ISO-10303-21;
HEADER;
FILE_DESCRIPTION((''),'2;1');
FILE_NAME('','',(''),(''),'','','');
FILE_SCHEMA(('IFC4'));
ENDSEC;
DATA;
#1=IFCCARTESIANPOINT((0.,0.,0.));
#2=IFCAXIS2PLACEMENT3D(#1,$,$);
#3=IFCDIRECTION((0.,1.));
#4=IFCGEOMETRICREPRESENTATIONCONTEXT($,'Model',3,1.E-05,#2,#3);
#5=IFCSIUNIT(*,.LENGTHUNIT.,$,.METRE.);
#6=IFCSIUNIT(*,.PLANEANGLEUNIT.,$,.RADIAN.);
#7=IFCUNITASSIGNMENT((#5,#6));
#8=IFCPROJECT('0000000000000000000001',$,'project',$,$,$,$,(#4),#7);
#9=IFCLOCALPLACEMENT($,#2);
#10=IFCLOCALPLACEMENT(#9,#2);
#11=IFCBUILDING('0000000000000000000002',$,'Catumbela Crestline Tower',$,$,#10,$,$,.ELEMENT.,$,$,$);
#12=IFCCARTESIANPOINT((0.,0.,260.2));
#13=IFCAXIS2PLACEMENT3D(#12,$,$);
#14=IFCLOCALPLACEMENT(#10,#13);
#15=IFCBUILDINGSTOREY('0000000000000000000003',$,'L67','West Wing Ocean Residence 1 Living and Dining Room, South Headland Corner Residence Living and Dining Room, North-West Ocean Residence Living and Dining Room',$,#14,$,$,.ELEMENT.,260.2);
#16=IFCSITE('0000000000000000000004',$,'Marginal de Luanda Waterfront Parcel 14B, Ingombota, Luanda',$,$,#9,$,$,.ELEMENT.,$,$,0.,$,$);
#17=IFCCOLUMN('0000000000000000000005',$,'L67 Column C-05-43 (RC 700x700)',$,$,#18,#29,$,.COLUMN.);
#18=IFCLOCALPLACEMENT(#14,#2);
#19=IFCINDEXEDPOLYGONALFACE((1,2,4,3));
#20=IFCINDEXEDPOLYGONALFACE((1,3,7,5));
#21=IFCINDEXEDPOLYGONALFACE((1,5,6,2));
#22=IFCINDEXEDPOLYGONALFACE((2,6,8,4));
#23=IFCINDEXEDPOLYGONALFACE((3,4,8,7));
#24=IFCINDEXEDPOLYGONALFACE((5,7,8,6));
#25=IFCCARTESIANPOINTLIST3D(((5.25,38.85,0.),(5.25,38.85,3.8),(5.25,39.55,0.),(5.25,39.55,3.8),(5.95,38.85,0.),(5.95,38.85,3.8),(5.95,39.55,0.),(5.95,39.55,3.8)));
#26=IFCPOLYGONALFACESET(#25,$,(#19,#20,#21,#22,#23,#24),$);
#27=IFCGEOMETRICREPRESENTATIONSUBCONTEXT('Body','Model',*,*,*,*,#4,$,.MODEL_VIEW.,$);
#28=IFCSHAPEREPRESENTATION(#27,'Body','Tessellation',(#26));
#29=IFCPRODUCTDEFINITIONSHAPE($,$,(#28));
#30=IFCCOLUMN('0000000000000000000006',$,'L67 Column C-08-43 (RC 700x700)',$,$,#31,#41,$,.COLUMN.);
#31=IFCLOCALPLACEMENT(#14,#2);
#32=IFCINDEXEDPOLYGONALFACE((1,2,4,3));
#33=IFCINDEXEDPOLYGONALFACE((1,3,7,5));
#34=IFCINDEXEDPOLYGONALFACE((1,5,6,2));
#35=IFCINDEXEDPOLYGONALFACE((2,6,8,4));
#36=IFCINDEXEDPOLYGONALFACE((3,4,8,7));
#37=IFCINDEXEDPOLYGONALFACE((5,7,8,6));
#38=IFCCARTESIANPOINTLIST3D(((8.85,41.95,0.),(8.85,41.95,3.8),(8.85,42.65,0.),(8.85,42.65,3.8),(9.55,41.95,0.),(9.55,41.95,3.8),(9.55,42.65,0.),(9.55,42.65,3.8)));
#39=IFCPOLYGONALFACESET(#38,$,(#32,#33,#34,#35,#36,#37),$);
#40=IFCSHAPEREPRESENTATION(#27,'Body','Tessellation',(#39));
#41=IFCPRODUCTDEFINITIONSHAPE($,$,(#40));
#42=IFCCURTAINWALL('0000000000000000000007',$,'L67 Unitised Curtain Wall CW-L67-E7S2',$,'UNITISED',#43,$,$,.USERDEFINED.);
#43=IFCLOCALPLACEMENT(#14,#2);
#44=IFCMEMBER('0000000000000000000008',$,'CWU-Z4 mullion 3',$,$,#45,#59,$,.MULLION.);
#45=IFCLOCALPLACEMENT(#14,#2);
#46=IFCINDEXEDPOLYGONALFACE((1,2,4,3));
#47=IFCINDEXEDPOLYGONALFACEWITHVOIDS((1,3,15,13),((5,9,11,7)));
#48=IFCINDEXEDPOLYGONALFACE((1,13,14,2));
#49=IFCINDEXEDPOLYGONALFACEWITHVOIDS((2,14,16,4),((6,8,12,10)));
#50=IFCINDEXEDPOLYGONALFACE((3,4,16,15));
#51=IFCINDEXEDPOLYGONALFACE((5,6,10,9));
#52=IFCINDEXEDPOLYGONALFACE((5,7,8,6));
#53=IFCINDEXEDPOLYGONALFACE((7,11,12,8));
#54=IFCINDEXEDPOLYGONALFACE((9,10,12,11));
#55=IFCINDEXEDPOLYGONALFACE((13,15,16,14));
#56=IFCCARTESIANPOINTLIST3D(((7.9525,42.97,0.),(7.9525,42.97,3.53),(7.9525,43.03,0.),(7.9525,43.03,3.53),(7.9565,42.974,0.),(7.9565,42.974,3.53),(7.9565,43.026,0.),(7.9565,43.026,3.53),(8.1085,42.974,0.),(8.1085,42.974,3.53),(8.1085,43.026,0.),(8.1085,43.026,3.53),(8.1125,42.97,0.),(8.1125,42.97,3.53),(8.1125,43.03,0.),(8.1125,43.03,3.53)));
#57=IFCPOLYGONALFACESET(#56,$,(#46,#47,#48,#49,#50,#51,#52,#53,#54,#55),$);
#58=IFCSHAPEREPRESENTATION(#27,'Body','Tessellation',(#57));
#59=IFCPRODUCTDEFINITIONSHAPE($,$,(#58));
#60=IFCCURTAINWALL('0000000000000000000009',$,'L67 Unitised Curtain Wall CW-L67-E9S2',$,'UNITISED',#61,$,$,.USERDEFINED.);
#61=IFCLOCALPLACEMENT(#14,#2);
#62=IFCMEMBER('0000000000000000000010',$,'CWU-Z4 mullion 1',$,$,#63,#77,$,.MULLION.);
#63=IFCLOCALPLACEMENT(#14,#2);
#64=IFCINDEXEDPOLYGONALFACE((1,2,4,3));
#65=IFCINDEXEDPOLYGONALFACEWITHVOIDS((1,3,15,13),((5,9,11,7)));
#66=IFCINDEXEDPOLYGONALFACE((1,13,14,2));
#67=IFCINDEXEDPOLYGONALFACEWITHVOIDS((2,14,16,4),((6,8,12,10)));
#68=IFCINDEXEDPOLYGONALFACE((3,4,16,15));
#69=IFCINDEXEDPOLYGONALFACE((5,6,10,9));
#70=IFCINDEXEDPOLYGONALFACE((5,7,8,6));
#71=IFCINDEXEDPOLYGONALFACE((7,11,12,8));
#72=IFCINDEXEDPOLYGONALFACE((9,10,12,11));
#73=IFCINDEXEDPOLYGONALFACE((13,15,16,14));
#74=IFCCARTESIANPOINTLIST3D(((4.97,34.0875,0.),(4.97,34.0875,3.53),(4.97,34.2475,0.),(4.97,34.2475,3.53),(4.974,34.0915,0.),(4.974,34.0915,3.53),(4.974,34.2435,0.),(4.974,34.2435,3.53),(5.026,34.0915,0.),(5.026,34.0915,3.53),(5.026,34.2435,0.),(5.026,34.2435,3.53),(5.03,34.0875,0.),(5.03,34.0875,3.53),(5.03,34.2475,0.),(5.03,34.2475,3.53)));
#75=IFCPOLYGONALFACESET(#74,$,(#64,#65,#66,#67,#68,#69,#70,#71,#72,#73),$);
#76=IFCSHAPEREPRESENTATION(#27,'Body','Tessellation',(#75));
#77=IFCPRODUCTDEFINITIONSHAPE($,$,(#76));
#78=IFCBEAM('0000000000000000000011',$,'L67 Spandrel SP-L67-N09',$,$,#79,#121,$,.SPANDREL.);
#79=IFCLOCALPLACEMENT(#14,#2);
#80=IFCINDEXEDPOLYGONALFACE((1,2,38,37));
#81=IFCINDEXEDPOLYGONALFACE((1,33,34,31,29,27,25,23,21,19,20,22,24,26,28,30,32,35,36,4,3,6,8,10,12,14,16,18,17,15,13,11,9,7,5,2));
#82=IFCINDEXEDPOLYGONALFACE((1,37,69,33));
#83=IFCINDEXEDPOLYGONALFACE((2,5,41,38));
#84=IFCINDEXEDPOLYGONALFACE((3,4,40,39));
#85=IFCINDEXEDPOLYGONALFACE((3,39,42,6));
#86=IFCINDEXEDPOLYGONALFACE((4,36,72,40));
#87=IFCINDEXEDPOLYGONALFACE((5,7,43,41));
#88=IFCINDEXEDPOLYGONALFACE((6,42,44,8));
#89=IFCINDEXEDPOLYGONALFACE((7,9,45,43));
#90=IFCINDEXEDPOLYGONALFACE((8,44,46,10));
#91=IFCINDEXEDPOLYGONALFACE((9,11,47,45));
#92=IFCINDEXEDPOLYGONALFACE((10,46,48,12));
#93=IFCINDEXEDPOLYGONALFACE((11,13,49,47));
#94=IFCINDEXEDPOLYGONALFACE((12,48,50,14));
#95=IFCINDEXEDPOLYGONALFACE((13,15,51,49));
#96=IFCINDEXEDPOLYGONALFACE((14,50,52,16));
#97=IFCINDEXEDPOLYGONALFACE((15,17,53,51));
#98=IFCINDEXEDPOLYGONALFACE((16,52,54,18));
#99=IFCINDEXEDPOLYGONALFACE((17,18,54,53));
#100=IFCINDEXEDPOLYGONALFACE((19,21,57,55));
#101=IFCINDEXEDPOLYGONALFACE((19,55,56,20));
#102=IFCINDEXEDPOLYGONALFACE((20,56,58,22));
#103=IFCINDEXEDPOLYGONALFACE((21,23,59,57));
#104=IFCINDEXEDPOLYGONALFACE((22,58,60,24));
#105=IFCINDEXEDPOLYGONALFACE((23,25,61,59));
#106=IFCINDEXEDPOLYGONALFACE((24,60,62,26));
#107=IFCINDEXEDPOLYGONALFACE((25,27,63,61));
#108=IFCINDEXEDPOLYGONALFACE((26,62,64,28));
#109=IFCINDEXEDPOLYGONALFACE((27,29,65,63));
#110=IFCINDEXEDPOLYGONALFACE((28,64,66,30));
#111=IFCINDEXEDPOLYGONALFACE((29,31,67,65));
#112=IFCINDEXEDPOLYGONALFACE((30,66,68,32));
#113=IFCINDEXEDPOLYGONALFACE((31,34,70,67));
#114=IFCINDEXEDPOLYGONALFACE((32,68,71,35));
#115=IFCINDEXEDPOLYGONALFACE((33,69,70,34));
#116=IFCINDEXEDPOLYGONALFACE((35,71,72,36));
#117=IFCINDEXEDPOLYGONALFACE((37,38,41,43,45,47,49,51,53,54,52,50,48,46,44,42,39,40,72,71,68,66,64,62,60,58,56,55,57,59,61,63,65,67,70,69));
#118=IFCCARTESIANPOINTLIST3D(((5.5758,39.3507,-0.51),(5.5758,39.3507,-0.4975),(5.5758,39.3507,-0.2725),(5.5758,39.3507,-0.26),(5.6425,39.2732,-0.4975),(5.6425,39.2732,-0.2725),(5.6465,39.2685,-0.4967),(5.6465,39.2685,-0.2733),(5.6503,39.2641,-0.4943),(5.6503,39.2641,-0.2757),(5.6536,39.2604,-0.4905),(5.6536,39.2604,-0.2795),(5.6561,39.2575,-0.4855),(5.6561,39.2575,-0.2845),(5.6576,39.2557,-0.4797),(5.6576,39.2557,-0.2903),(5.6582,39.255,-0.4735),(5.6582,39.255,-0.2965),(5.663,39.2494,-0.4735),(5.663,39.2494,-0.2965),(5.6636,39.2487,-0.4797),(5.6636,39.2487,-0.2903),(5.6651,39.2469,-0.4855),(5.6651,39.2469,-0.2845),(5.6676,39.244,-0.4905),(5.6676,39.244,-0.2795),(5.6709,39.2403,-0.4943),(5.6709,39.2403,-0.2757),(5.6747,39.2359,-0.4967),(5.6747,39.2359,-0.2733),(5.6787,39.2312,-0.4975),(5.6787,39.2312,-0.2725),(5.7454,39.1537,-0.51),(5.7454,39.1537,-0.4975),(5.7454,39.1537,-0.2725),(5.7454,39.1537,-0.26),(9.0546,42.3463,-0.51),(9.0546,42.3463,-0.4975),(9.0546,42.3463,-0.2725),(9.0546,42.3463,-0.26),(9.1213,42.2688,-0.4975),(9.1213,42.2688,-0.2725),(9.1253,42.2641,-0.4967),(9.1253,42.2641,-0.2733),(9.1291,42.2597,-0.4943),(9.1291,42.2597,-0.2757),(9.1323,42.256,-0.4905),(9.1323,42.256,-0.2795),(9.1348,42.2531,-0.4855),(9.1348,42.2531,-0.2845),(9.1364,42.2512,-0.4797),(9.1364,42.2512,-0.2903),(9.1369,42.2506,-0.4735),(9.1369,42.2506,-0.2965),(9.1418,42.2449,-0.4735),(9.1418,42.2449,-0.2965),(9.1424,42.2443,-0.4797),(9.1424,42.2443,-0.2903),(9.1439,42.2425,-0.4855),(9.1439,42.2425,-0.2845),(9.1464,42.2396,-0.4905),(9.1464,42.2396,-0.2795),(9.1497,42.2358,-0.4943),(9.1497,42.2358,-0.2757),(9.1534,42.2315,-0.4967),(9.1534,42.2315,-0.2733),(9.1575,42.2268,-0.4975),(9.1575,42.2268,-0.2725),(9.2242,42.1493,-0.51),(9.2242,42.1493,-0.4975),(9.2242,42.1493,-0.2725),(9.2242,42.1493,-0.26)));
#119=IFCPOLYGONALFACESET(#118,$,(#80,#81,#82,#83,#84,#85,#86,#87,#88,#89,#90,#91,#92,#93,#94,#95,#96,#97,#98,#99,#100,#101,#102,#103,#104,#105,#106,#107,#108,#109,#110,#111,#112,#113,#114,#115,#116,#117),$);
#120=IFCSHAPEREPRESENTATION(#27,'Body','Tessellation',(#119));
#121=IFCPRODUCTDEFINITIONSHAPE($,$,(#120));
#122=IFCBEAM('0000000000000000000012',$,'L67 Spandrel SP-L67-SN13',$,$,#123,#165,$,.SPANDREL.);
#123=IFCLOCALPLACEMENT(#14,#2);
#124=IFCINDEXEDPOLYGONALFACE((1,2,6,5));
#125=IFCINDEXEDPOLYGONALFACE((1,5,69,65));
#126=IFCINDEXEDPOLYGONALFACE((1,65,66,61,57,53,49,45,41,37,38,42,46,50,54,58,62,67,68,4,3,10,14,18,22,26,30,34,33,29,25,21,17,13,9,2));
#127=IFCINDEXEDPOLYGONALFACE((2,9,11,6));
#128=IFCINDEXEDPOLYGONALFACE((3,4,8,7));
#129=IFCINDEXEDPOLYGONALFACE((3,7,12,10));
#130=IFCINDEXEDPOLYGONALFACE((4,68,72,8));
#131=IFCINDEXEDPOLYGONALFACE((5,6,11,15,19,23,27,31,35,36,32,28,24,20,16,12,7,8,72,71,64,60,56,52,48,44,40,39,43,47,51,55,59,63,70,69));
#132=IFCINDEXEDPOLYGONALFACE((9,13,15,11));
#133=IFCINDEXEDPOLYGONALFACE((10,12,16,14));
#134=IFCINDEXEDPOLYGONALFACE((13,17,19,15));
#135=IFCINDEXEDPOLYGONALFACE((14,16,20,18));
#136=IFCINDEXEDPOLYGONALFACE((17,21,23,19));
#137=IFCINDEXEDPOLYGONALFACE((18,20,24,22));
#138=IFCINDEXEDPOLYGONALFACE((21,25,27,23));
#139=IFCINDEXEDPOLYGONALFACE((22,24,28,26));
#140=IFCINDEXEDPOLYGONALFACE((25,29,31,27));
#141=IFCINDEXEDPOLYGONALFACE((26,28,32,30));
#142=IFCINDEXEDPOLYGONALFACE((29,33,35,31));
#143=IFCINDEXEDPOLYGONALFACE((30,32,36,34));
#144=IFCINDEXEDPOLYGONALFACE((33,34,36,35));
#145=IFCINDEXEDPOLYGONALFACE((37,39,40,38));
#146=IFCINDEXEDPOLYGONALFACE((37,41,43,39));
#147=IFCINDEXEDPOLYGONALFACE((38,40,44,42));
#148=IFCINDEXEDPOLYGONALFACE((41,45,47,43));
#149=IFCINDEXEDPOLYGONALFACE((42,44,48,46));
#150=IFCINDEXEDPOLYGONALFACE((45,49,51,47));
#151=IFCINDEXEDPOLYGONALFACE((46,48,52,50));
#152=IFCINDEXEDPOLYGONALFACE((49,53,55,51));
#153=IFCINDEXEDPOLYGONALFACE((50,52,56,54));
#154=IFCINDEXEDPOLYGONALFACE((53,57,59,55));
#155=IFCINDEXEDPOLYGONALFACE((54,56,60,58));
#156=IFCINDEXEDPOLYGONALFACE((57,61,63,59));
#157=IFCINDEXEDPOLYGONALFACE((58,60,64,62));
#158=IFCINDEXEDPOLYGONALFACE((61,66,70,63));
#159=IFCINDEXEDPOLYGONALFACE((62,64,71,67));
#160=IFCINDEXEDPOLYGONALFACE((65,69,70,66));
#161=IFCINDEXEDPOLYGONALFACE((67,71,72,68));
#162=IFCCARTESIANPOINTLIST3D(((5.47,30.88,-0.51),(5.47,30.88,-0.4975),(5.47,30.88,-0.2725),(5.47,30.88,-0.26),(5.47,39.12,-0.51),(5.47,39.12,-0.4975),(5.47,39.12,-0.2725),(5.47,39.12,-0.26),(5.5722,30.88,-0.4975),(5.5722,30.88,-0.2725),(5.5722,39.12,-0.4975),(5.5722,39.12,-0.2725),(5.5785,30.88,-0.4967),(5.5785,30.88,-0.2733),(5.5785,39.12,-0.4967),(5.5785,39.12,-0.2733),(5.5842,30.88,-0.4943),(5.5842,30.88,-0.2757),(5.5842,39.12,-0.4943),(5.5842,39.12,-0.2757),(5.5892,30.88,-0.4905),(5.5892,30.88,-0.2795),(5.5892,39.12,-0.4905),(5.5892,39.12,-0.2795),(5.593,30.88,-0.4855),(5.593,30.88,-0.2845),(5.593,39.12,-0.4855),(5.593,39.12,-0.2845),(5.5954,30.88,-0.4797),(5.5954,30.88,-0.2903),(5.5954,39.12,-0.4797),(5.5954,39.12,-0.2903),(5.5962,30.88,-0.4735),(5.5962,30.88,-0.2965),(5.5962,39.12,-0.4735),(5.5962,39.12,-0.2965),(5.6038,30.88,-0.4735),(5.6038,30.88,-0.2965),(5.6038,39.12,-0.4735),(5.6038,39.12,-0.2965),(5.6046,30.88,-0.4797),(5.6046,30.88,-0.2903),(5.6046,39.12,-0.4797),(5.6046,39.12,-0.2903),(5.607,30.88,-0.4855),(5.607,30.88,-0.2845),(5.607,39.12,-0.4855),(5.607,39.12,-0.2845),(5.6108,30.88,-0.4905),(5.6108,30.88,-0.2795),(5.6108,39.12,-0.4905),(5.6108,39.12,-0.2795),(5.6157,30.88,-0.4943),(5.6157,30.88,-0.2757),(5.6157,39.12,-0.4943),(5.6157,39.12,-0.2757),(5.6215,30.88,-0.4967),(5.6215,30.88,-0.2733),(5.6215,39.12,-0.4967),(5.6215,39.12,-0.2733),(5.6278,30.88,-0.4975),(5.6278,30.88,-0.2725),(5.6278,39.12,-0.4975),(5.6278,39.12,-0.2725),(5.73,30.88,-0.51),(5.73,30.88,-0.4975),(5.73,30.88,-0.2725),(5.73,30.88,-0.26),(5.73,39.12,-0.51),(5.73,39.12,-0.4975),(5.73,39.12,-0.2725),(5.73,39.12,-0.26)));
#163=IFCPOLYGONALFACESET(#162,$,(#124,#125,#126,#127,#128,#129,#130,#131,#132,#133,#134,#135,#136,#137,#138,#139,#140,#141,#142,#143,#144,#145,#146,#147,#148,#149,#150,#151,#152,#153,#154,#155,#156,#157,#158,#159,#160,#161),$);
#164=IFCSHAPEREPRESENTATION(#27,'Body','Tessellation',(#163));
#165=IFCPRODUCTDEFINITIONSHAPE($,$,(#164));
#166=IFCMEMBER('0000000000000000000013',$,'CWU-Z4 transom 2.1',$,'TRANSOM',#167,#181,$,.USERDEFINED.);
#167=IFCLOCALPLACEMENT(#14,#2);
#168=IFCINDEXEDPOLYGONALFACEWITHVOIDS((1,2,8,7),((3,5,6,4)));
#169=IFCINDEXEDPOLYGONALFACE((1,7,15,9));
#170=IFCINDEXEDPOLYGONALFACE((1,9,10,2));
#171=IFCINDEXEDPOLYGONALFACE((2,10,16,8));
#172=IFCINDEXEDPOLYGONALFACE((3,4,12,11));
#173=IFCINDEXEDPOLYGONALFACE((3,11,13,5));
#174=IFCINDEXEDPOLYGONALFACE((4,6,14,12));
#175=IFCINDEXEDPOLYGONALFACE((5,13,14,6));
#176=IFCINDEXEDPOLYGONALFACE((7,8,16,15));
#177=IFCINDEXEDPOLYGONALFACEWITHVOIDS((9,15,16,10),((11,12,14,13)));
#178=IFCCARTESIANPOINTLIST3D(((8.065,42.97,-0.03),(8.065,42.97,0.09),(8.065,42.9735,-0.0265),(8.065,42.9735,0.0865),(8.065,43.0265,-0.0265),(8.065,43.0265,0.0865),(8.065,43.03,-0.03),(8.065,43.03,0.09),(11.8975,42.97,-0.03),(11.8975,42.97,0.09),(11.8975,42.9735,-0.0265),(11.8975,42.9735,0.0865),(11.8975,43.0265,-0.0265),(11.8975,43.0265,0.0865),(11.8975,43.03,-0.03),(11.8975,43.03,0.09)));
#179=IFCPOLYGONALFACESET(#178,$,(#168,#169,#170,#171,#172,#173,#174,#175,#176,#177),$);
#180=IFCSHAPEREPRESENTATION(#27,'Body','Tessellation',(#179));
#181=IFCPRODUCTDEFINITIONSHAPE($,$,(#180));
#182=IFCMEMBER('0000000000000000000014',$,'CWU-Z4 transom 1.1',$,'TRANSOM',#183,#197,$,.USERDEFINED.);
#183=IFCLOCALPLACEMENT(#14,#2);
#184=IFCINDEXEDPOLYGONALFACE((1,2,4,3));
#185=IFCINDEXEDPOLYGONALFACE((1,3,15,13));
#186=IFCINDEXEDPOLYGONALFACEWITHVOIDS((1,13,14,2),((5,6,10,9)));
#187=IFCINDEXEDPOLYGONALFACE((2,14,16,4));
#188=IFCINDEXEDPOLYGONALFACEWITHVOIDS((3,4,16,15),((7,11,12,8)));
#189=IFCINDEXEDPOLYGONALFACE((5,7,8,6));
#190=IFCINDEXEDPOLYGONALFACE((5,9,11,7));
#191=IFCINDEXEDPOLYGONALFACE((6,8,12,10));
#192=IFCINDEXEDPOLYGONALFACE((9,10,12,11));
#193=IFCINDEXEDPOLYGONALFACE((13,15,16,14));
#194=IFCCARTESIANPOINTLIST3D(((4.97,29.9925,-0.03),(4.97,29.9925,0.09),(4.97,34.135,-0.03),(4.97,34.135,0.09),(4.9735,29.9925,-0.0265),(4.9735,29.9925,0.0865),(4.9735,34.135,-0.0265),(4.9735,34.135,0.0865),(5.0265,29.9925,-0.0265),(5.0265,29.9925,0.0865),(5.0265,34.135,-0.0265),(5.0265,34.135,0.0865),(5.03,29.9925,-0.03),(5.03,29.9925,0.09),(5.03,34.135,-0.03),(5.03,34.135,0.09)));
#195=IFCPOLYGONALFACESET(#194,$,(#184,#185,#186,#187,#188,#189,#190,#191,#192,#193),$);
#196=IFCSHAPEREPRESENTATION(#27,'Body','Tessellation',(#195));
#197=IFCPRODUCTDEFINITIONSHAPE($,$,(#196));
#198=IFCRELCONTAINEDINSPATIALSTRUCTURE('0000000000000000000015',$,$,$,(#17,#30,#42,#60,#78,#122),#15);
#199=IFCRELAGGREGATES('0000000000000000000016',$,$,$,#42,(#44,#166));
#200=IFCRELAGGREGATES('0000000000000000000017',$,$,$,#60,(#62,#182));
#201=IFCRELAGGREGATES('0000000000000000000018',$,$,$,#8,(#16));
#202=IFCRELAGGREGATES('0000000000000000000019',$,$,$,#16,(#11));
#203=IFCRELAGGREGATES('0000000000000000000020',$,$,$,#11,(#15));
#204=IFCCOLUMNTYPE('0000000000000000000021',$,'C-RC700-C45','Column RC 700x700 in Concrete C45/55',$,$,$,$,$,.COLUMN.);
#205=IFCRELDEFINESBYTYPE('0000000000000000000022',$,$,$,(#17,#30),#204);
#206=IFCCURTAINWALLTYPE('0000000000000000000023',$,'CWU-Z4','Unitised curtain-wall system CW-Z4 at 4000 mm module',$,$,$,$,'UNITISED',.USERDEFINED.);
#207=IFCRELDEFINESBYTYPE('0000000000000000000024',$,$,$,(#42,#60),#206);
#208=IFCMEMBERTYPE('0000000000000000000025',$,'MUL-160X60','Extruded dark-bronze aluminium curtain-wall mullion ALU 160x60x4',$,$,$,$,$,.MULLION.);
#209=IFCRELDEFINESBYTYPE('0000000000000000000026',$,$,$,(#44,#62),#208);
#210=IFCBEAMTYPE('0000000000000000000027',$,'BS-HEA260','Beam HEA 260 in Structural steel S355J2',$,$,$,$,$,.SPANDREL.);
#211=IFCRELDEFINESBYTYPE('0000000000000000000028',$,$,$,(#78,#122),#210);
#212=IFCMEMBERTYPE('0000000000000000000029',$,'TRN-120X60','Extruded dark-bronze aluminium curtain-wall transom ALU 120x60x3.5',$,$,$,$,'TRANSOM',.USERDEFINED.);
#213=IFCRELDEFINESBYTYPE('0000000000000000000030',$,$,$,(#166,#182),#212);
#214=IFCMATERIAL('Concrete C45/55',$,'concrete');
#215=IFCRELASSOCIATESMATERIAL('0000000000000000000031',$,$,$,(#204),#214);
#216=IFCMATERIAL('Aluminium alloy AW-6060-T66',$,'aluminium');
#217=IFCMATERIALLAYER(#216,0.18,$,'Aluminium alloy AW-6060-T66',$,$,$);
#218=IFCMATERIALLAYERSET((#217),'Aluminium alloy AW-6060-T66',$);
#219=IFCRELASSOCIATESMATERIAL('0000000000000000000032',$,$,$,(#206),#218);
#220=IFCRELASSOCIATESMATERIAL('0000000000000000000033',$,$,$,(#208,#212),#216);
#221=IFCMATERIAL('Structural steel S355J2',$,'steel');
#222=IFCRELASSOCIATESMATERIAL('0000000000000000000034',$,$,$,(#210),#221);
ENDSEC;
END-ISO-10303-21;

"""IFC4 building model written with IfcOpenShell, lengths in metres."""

from ifc_helpers import new_model, si_unit, direction, frame, origin, origin_2d, place, context, subcontext, project, spatial, rectangle, hollow_rectangle, i_section, extrude, material, layer, layer_set, material_profile, profile_set, type_object, element, aggregate, save


model = new_model("IFC4")

# Units and contexts
model_context = context("Model", 3, precision=1e-05, world=origin(), true_north=direction((0.0, 1.0)))
body_context = subcontext(model_context, "Body", "Model", "MODEL_VIEW")
ifc_project = project(units=[si_unit("LENGTHUNIT", "METRE"), si_unit("PLANEANGLEUNIT", "RADIAN")], contexts=[model_context])

# Site, building, storey
site_placement = place(None, origin())
site = spatial("IfcSite", under=ifc_project, at=site_placement, Name="Marginal de Luanda Waterfront Parcel 14B, Ingombota, Luanda", CompositionType="ELEMENT", RefElevation=0.0)
building_placement = place(site_placement, origin())
building = spatial("IfcBuilding", under=site, at=building_placement, Name="Catumbela Crestline Tower", CompositionType="ELEMENT")
storey_placement = place(building_placement, frame((0.0, 0.0, 260.2)))
storey = spatial("IfcBuildingStorey", under=building, at=storey_placement, Name="L67", Description="West Wing Ocean Residence 1 Living and Dining Room, South Headland Corner Residence Living and Dining Room, North-West Ocean Residence Living and Dining Room", CompositionType="ELEMENT", Elevation=260.2)

# Columns
ifc_material_1 = material(Name="Concrete C45/55", Category="concrete")
ifc_material_profile_1 = material_profile(ifc_material_1, rectangle(XDim=0.7, YDim=0.7, at=origin_2d()), Name="RC 700x700")
ifc_profile_set_1 = profile_set([ifc_material_profile_1], Name="Concrete C45/55")
column_type = type_object("IfcColumnType", Name="C-RC700-C45", Description="Column RC 700x700 in Concrete C45/55", PredefinedType="COLUMN", material=ifc_profile_set_1)
for number, where, z_axis, x_axis, name in (
    (1, (5.6, 39.2, 0.0), (0.0, 0.0, 1.0), (1.0, 0.0, 0.0), "L67 Column C-05-43 (RC 700x700)"),
    (2, (9.2, 42.3, 0.0), (0.0, 0.0, 1.0), (1.0, 0.0, 0.0), "L67 Column C-08-43 (RC 700x700)"),
):
    element("IfcColumn", number, at=place(storey_placement, frame(where, z_axis=z_axis, x_axis=x_axis)), inside=storey, type_object=column_type, Name=name, PredefinedType="COLUMN", context=body_context, shape_type="SweptSolid", body=[
        extrude(rectangle(XDim=0.7, YDim=0.7, at=origin_2d()), origin(), (0.0, 0.0, 1.0), 3.8),
    ])

# Curtain walls, members
ifc_material_2 = material(Name="Aluminium alloy AW-6060-T66", Category="aluminium")
ifc_layer_1 = layer(ifc_material_2, 0.18, Name="Aluminium alloy AW-6060-T66")
ifc_layer_set_1 = layer_set([ifc_layer_1], Name="Aluminium alloy AW-6060-T66")
curtain_wall_type = type_object("IfcCurtainWallType", Name="CWU-Z4", Description="Unitised curtain-wall system CW-Z4 at 4000 mm module", ElementType="UNITISED", PredefinedType="USERDEFINED", material=ifc_layer_set_1)
curtain_wall_1_placement = place(storey_placement, origin())
curtain_wall_1 = element("IfcCurtainWall", 3, at=curtain_wall_1_placement, inside=storey, type_object=curtain_wall_type, Name="L67 Unitised Curtain Wall CW-L67-E7S2", ObjectType="UNITISED", PredefinedType="USERDEFINED")
ifc_material_profile_2 = material_profile(ifc_material_2, hollow_rectangle(XDim=0.06, YDim=0.16, WallThickness=0.004, at=origin_2d()), Name="ALU 160x60x4")
ifc_profile_set_2 = profile_set([ifc_material_profile_2], Name="Aluminium alloy AW-6060-T66")
member_type_1 = type_object("IfcMemberType", Name="MUL-160X60", Description="Extruded dark-bronze aluminium curtain-wall mullion ALU 160x60x4", PredefinedType="MULLION", material=ifc_profile_set_2)
member_1_placement = place(storey_placement, frame((8.0325, 43.0, 0.0), z_axis=(0.0, 0.0, 1.0), x_axis=(0.0, -1.0, 0.0)))
member_1 = element("IfcMember", 4, at=member_1_placement, type_object=member_type_1, Name="CWU-Z4 mullion 3", PredefinedType="MULLION", context=body_context, shape_type="SweptSolid", body=[
    extrude(hollow_rectangle(XDim=0.06, YDim=0.16, WallThickness=0.004, at=origin_2d()), origin(), (0.0, 0.0, 1.0), 3.53),
])
curtain_wall_2_placement = place(storey_placement, origin())
curtain_wall_2 = element("IfcCurtainWall", 5, at=curtain_wall_2_placement, inside=storey, type_object=curtain_wall_type, Name="L67 Unitised Curtain Wall CW-L67-E9S2", ObjectType="UNITISED", PredefinedType="USERDEFINED")
member_2_placement = place(storey_placement, frame((5.0, 34.1675, 0.0), z_axis=(0.0, 0.0, 1.0), x_axis=(1.0, 0.0, 0.0)))
member_2 = element("IfcMember", 6, at=member_2_placement, type_object=member_type_1, Name="CWU-Z4 mullion 1", PredefinedType="MULLION", context=body_context, shape_type="SweptSolid", body=[
    extrude(hollow_rectangle(XDim=0.06, YDim=0.16, WallThickness=0.004, at=origin_2d()), origin(), (0.0, 0.0, 1.0), 3.53),
])

# Beams
ifc_material_3 = material(Name="Structural steel S355J2", Category="steel")
ifc_material_profile_3 = material_profile(ifc_material_3, i_section(OverallWidth=0.26, OverallDepth=0.25, WebThickness=0.0075, FlangeThickness=0.0125, FilletRadius=0.024, at=origin_2d()), Name="HEA 260")
ifc_profile_set_3 = profile_set([ifc_material_profile_3], Name="Structural steel S355J2")
beam_type = type_object("IfcBeamType", Name="BS-HEA260", Description="Beam HEA 260 in Structural steel S355J2", PredefinedType="SPANDREL", material=ifc_profile_set_3)
beam_1_placement = place(storey_placement, frame((5.6606, 39.2522, -0.385), z_axis=(0.757772, 0.652519, 0.0), x_axis=(-0.652519, 0.757772, 0.0)))
element("IfcBeam", 7, at=beam_1_placement, inside=storey, type_object=beam_type, Name="L67 Spandrel SP-L67-N09", PredefinedType="SPANDREL", context=body_context, shape_type="SweptSolid", body=[
    extrude(i_section(OverallWidth=0.26, OverallDepth=0.25, WebThickness=0.0075, FlangeThickness=0.0125, FilletRadius=0.024, at=origin_2d()), origin(), (0.0, 0.0, 1.0), 4.5908),
])
beam_2_placement = place(storey_placement, frame((5.6, 30.88, -0.385), z_axis=(0.0, 1.0, 0.0), x_axis=(-1.0, 0.0, 0.0)))
element("IfcBeam", 8, at=beam_2_placement, inside=storey, type_object=beam_type, Name="L67 Spandrel SP-L67-SN13", PredefinedType="SPANDREL", context=body_context, shape_type="SweptSolid", body=[
    extrude(i_section(OverallWidth=0.26, OverallDepth=0.25, WebThickness=0.0075, FlangeThickness=0.0125, FilletRadius=0.024, at=origin_2d()), origin(), (0.0, 0.0, 1.0), 8.24),
])

# Members
ifc_material_profile_4 = material_profile(ifc_material_2, hollow_rectangle(XDim=0.06, YDim=0.12, WallThickness=0.0035, at=origin_2d()), Name="ALU 120x60x3.5")
ifc_profile_set_4 = profile_set([ifc_material_profile_4], Name="Aluminium alloy AW-6060-T66")
member_type_2 = type_object("IfcMemberType", Name="TRN-120X60", Description="Extruded dark-bronze aluminium curtain-wall transom ALU 120x60x3.5", ElementType="TRANSOM", PredefinedType="USERDEFINED", material=ifc_profile_set_4)
member_3_placement = place(storey_placement, frame((11.8975, 43.0, 0.03), z_axis=(-1.0, 0.0, 0.0), x_axis=(0.0, -1.0, 0.0)))
member_3 = element("IfcMember", 9, at=member_3_placement, type_object=member_type_2, Name="CWU-Z4 transom 2.1", ObjectType="TRANSOM", PredefinedType="USERDEFINED", context=body_context, shape_type="SweptSolid", body=[
    extrude(hollow_rectangle(XDim=0.06, YDim=0.12, WallThickness=0.0035, at=origin_2d()), origin(), (0.0, 0.0, 1.0), 3.8325),
])
member_4_placement = place(storey_placement, frame((5.0, 34.135, 0.03), z_axis=(0.0, -1.0, 0.0), x_axis=(1.0, 0.0, 0.0)))
member_4 = element("IfcMember", 10, at=member_4_placement, type_object=member_type_2, Name="CWU-Z4 transom 1.1", ObjectType="TRANSOM", PredefinedType="USERDEFINED", context=body_context, shape_type="SweptSolid", body=[
    extrude(hollow_rectangle(XDim=0.06, YDim=0.12, WallThickness=0.0035, at=origin_2d()), origin(), (0.0, 0.0, 1.0), 4.1425),
])

aggregate(curtain_wall_1, [member_1, member_3])
aggregate(curtain_wall_2, [member_2, member_4])

save(model, "model.ifc")
